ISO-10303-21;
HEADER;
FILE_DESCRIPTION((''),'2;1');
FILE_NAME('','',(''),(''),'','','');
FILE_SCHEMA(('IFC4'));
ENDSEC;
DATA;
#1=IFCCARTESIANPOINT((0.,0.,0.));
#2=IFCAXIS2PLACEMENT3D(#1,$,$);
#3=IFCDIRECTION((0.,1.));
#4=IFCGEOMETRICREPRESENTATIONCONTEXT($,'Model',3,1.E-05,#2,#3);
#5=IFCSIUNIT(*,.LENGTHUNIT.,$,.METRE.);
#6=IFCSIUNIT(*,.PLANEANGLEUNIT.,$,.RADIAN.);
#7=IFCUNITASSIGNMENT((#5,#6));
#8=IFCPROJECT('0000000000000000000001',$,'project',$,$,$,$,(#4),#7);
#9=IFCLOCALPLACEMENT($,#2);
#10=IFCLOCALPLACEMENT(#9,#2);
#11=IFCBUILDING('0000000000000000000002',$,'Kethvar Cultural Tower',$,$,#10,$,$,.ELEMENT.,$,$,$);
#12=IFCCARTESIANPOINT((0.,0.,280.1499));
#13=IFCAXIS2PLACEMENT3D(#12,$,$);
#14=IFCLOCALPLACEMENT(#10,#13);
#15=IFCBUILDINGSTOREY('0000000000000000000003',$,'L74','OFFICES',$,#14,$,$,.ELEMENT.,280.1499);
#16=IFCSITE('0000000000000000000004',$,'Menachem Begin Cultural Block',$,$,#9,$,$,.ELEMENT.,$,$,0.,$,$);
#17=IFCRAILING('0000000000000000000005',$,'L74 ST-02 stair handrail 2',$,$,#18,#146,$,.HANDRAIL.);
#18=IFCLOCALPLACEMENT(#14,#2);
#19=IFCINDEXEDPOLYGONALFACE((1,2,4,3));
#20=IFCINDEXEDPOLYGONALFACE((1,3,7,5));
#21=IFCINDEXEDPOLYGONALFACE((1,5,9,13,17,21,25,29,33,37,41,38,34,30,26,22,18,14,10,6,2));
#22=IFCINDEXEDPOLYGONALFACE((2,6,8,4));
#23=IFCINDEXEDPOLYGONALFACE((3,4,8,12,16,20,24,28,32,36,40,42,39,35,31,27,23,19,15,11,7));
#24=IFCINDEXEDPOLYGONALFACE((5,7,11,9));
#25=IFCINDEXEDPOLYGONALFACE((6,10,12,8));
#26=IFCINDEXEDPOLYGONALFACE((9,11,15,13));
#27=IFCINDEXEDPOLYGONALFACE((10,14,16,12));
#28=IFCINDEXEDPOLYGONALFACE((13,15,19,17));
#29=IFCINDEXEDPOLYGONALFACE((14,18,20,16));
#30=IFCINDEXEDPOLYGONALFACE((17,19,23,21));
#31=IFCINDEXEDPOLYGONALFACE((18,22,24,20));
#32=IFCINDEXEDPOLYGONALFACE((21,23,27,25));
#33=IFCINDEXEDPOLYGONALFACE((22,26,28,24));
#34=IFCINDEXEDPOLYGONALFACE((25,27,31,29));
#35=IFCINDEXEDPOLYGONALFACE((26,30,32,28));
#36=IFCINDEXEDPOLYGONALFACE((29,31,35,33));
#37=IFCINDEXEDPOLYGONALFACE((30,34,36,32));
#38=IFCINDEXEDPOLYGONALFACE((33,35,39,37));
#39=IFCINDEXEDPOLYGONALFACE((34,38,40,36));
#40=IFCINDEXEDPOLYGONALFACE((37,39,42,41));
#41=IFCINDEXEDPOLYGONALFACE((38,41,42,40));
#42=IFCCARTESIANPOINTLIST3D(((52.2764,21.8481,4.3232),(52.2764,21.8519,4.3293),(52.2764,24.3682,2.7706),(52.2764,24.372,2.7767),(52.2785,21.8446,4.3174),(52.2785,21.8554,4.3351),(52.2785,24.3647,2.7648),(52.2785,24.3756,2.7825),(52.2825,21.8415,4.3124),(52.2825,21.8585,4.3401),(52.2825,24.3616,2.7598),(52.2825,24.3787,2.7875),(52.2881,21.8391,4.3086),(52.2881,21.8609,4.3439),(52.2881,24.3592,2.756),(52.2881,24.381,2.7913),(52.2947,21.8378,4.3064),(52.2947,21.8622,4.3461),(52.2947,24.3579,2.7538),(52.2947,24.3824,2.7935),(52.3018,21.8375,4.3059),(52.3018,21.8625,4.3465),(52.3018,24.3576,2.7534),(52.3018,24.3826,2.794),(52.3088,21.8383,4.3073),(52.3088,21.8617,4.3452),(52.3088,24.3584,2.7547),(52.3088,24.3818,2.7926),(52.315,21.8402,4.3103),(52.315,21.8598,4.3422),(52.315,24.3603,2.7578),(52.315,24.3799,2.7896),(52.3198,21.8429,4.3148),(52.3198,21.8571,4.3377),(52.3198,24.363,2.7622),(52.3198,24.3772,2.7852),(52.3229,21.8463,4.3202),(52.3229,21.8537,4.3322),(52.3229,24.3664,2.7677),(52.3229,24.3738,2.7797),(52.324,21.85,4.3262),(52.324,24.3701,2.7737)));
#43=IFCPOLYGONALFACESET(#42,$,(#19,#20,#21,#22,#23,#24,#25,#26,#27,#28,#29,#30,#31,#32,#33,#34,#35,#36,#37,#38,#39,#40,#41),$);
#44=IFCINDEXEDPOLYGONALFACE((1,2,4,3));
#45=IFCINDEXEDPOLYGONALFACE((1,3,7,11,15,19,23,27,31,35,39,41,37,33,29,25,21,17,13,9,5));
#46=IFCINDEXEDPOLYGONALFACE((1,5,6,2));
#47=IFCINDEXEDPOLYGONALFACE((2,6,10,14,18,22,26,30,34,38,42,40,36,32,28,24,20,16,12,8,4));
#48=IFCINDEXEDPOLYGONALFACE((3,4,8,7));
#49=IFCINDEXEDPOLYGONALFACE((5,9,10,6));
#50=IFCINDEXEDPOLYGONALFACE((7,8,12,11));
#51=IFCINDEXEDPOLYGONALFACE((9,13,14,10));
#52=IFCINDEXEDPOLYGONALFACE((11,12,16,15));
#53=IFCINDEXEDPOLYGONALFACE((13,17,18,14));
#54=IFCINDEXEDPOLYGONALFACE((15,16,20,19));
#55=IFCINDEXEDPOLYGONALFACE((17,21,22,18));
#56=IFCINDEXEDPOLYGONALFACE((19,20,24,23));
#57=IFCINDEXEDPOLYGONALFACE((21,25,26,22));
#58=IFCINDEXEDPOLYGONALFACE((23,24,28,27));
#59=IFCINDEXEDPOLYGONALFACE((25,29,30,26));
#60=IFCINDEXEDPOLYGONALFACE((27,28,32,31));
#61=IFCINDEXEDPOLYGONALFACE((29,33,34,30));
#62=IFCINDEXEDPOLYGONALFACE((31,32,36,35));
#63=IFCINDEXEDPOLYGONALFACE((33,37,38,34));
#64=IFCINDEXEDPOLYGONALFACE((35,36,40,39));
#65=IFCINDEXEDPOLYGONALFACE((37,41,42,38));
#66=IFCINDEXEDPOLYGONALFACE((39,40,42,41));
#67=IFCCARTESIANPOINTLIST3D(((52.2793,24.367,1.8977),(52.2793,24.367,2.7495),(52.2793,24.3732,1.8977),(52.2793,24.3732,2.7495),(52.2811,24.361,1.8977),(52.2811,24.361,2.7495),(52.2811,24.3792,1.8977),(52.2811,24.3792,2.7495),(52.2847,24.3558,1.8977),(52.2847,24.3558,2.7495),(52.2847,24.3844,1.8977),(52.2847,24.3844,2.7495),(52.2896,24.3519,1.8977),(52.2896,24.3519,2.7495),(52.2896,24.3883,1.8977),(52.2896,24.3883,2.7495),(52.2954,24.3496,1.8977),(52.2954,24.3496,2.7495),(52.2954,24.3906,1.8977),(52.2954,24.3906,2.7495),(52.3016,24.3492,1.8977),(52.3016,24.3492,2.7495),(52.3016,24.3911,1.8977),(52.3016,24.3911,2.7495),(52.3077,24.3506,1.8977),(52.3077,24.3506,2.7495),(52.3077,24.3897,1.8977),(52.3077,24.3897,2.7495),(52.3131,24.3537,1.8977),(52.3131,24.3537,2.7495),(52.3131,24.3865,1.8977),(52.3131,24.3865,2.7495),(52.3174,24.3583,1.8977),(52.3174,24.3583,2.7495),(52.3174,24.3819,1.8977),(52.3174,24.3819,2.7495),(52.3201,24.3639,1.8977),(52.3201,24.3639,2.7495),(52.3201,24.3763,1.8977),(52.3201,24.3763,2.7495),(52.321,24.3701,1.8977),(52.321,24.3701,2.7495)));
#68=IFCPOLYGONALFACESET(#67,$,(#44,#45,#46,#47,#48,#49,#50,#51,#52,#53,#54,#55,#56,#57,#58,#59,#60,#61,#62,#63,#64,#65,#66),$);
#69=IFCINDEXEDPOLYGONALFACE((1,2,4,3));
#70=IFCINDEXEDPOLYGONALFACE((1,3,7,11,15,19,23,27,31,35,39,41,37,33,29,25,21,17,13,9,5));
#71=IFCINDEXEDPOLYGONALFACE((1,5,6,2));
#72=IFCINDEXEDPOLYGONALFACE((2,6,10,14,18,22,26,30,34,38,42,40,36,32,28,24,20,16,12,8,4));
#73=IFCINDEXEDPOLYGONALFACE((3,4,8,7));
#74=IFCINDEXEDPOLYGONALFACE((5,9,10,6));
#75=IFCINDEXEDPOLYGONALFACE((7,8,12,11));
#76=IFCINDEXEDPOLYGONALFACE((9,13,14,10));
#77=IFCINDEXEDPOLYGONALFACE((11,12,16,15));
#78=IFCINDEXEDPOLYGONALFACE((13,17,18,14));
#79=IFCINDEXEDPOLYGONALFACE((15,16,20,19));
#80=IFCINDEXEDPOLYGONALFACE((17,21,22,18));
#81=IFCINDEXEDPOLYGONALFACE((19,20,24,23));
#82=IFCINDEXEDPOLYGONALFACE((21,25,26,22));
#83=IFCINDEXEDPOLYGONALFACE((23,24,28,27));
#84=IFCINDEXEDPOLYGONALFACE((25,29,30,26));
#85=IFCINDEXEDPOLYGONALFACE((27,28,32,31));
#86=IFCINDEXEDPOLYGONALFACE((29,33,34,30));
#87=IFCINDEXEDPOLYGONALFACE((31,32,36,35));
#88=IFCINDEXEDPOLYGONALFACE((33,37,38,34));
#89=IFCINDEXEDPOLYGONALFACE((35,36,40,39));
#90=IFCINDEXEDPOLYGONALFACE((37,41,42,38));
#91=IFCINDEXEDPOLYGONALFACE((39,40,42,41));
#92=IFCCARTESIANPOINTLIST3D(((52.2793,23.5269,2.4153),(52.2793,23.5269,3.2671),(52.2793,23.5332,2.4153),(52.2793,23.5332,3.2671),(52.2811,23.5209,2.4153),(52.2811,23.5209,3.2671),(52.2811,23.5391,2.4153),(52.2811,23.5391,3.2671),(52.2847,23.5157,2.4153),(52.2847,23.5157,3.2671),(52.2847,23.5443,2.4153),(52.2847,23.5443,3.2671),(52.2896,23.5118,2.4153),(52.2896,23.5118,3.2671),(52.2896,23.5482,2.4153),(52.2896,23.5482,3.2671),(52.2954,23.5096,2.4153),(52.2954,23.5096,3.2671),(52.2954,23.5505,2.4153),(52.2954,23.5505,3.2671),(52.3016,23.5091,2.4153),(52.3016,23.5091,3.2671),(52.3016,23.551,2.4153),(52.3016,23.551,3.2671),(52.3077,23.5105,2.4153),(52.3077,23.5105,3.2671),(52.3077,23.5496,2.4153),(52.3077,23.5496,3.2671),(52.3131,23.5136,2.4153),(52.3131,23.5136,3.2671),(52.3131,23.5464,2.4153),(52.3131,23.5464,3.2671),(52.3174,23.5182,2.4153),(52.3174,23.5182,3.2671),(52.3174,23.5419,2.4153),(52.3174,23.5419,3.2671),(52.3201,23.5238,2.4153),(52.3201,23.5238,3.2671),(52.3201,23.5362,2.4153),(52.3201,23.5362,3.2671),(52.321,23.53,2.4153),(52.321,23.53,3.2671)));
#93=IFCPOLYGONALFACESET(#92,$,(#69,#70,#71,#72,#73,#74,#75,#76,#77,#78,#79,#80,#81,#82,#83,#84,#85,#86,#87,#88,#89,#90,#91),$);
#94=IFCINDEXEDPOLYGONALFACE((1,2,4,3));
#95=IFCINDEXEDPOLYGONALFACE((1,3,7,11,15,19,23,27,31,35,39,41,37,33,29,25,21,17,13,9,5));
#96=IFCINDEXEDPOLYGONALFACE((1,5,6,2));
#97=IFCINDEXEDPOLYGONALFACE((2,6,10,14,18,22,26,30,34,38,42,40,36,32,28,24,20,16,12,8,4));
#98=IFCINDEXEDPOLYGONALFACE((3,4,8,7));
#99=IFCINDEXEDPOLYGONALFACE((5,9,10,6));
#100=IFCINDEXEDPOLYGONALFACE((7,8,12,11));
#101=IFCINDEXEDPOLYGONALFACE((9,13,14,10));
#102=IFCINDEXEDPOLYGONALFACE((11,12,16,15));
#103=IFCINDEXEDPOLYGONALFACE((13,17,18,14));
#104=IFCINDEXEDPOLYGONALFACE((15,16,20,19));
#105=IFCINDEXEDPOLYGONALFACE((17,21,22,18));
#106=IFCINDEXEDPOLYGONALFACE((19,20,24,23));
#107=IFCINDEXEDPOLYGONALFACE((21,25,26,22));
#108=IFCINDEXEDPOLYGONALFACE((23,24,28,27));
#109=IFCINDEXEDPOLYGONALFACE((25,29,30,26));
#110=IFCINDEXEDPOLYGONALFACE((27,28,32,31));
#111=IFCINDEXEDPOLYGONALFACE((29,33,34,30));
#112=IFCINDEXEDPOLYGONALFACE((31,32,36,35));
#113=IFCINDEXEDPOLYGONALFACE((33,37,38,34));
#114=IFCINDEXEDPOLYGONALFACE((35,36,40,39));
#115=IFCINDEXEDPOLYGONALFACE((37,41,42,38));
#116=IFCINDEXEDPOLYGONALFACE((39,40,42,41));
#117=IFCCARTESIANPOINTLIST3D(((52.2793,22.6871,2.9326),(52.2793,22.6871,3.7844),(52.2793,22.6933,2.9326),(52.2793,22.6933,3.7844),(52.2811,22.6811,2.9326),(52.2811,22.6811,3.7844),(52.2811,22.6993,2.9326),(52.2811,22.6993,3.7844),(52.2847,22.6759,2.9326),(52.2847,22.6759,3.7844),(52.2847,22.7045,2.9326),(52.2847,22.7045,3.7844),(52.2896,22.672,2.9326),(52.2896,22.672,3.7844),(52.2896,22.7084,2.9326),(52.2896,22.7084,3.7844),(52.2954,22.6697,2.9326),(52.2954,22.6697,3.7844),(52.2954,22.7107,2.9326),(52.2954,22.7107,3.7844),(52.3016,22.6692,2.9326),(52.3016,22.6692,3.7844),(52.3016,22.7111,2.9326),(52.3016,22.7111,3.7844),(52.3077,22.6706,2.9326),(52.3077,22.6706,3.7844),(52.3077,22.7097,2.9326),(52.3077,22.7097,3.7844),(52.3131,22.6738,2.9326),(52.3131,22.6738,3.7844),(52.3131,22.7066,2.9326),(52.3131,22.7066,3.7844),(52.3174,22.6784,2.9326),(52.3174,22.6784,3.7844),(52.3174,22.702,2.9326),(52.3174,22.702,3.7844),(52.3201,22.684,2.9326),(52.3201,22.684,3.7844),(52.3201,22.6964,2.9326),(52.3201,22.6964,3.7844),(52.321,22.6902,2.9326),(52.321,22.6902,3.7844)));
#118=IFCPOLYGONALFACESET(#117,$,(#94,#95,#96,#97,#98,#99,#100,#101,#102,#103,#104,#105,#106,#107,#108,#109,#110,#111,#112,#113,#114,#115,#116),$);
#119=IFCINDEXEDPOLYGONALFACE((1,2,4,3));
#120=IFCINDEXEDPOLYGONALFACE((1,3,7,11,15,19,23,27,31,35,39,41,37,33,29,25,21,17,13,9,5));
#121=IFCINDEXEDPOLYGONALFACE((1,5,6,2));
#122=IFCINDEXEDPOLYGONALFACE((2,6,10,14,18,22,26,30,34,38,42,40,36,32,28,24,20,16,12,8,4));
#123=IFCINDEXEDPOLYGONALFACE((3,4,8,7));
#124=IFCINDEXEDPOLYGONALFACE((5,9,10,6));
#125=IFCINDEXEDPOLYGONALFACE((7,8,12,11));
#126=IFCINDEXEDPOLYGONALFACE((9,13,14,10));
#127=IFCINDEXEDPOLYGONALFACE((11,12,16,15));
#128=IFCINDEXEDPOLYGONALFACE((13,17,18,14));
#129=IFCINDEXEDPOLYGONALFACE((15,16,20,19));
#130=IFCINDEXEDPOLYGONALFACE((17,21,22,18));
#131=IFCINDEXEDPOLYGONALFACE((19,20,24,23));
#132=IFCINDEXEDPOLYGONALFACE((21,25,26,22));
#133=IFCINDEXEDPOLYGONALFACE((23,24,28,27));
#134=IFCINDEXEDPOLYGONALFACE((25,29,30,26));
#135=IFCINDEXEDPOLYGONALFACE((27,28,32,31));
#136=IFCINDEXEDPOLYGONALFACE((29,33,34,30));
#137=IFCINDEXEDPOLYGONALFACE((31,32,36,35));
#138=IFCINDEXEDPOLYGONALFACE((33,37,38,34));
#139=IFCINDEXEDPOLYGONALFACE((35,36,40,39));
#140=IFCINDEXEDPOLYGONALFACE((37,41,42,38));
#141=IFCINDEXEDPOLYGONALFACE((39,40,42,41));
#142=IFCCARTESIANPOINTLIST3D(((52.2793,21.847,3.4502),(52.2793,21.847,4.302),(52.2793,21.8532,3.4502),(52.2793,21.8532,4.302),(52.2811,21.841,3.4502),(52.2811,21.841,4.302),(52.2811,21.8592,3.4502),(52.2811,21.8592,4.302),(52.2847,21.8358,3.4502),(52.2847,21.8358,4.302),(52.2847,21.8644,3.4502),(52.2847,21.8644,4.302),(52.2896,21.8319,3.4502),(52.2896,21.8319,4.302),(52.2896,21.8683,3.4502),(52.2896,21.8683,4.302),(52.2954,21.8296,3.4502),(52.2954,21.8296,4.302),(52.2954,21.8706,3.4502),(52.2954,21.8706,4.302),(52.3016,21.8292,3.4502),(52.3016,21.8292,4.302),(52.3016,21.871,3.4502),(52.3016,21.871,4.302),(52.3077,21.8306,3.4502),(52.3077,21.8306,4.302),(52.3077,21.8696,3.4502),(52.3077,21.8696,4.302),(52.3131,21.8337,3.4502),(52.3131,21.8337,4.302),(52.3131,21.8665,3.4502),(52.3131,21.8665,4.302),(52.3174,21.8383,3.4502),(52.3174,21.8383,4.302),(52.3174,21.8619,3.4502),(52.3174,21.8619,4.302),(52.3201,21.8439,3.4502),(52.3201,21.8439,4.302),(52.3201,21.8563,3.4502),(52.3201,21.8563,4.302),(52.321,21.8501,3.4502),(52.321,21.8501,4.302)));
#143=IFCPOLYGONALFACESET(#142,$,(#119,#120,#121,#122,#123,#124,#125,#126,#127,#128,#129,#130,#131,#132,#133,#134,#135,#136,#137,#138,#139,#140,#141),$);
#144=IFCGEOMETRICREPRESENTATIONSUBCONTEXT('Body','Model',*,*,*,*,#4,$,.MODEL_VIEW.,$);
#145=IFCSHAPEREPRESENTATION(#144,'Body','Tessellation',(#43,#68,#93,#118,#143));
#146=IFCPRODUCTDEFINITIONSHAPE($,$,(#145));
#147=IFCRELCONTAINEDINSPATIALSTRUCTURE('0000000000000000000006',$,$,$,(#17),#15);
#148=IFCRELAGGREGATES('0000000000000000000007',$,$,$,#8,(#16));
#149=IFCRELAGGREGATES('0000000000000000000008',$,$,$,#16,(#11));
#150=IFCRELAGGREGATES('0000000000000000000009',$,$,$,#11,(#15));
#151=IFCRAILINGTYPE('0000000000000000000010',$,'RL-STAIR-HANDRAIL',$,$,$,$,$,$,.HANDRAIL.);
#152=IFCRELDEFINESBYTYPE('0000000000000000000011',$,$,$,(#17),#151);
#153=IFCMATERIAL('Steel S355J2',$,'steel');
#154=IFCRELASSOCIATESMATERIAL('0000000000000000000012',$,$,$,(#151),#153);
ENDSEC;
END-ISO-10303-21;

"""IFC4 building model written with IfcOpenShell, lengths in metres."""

from ifc_helpers import new_model, si_unit, direction, frame, origin, origin_2d, place, context, subcontext, project, spatial, circle, extrude, material, type_object, element, save


model = new_model("IFC4")

# Units and contexts
model_context = context("Model", 3, precision=1e-05, world=origin(), true_north=direction((0.0, 1.0)))
body_context = subcontext(model_context, "Body", "Model", "MODEL_VIEW")
ifc_project = project(units=[si_unit("LENGTHUNIT", "METRE"), si_unit("PLANEANGLEUNIT", "RADIAN")], contexts=[model_context])

# Site, building, storey
site_placement = place(None, origin())
site = spatial("IfcSite", under=ifc_project, at=site_placement, Name="Menachem Begin Cultural Block", CompositionType="ELEMENT", RefElevation=0.0)
building_placement = place(site_placement, origin())
building = spatial("IfcBuilding", under=site, at=building_placement, Name="Kethvar Cultural Tower", CompositionType="ELEMENT")
storey_placement = place(building_placement, frame((0.0, 0.0, 280.1499)))
storey = spatial("IfcBuildingStorey", under=building, at=storey_placement, Name="L74", Description="OFFICES", CompositionType="ELEMENT", Elevation=280.1499)

# Shared definitions
ifc_material_1 = material(Name="Steel S355J2", Category="steel")

# Railing
railing_type_1 = type_object("IfcRailingType", Name="RL-STAIR-HANDRAIL", PredefinedType="HANDRAIL", material=ifc_material_1)
railing_1_placement = place(storey_placement, frame((52.3, 24.3701, 1.8977)))
element("IfcRailing", 1, at=railing_1_placement, inside=storey, type_object=railing_type_1, Name="L74 ST-02 stair handrail 2", PredefinedType="HANDRAIL", context=body_context, shape_type="SweptSolid", body=[
    extrude(circle(Radius=0.0239, at=origin_2d()), frame((0.0, 0.0, 0.876), z_axis=(0.0, -0.8514, 0.524516), x_axis=(1.0, 0.0, 0.0)), (0.0, 0.0, 1.0), 2.96),
    extrude(circle(Radius=0.021, at=origin_2d()), origin(), (0.0, 0.0, 1.0), 0.8518),
    extrude(circle(Radius=0.021, at=origin_2d()), frame((0.0, -0.8401, 0.5176)), (0.0, 0.0, 1.0), 0.8518),
    extrude(circle(Radius=0.021, at=origin_2d()), frame((0.0, -1.6799, 1.0349)), (0.0, 0.0, 1.0), 0.8518),
    extrude(circle(Radius=0.021, at=origin_2d()), frame((0.0, -2.52, 1.5525)), (0.0, 0.0, 1.0), 0.8518),
])

save(model, "model.ifc")
